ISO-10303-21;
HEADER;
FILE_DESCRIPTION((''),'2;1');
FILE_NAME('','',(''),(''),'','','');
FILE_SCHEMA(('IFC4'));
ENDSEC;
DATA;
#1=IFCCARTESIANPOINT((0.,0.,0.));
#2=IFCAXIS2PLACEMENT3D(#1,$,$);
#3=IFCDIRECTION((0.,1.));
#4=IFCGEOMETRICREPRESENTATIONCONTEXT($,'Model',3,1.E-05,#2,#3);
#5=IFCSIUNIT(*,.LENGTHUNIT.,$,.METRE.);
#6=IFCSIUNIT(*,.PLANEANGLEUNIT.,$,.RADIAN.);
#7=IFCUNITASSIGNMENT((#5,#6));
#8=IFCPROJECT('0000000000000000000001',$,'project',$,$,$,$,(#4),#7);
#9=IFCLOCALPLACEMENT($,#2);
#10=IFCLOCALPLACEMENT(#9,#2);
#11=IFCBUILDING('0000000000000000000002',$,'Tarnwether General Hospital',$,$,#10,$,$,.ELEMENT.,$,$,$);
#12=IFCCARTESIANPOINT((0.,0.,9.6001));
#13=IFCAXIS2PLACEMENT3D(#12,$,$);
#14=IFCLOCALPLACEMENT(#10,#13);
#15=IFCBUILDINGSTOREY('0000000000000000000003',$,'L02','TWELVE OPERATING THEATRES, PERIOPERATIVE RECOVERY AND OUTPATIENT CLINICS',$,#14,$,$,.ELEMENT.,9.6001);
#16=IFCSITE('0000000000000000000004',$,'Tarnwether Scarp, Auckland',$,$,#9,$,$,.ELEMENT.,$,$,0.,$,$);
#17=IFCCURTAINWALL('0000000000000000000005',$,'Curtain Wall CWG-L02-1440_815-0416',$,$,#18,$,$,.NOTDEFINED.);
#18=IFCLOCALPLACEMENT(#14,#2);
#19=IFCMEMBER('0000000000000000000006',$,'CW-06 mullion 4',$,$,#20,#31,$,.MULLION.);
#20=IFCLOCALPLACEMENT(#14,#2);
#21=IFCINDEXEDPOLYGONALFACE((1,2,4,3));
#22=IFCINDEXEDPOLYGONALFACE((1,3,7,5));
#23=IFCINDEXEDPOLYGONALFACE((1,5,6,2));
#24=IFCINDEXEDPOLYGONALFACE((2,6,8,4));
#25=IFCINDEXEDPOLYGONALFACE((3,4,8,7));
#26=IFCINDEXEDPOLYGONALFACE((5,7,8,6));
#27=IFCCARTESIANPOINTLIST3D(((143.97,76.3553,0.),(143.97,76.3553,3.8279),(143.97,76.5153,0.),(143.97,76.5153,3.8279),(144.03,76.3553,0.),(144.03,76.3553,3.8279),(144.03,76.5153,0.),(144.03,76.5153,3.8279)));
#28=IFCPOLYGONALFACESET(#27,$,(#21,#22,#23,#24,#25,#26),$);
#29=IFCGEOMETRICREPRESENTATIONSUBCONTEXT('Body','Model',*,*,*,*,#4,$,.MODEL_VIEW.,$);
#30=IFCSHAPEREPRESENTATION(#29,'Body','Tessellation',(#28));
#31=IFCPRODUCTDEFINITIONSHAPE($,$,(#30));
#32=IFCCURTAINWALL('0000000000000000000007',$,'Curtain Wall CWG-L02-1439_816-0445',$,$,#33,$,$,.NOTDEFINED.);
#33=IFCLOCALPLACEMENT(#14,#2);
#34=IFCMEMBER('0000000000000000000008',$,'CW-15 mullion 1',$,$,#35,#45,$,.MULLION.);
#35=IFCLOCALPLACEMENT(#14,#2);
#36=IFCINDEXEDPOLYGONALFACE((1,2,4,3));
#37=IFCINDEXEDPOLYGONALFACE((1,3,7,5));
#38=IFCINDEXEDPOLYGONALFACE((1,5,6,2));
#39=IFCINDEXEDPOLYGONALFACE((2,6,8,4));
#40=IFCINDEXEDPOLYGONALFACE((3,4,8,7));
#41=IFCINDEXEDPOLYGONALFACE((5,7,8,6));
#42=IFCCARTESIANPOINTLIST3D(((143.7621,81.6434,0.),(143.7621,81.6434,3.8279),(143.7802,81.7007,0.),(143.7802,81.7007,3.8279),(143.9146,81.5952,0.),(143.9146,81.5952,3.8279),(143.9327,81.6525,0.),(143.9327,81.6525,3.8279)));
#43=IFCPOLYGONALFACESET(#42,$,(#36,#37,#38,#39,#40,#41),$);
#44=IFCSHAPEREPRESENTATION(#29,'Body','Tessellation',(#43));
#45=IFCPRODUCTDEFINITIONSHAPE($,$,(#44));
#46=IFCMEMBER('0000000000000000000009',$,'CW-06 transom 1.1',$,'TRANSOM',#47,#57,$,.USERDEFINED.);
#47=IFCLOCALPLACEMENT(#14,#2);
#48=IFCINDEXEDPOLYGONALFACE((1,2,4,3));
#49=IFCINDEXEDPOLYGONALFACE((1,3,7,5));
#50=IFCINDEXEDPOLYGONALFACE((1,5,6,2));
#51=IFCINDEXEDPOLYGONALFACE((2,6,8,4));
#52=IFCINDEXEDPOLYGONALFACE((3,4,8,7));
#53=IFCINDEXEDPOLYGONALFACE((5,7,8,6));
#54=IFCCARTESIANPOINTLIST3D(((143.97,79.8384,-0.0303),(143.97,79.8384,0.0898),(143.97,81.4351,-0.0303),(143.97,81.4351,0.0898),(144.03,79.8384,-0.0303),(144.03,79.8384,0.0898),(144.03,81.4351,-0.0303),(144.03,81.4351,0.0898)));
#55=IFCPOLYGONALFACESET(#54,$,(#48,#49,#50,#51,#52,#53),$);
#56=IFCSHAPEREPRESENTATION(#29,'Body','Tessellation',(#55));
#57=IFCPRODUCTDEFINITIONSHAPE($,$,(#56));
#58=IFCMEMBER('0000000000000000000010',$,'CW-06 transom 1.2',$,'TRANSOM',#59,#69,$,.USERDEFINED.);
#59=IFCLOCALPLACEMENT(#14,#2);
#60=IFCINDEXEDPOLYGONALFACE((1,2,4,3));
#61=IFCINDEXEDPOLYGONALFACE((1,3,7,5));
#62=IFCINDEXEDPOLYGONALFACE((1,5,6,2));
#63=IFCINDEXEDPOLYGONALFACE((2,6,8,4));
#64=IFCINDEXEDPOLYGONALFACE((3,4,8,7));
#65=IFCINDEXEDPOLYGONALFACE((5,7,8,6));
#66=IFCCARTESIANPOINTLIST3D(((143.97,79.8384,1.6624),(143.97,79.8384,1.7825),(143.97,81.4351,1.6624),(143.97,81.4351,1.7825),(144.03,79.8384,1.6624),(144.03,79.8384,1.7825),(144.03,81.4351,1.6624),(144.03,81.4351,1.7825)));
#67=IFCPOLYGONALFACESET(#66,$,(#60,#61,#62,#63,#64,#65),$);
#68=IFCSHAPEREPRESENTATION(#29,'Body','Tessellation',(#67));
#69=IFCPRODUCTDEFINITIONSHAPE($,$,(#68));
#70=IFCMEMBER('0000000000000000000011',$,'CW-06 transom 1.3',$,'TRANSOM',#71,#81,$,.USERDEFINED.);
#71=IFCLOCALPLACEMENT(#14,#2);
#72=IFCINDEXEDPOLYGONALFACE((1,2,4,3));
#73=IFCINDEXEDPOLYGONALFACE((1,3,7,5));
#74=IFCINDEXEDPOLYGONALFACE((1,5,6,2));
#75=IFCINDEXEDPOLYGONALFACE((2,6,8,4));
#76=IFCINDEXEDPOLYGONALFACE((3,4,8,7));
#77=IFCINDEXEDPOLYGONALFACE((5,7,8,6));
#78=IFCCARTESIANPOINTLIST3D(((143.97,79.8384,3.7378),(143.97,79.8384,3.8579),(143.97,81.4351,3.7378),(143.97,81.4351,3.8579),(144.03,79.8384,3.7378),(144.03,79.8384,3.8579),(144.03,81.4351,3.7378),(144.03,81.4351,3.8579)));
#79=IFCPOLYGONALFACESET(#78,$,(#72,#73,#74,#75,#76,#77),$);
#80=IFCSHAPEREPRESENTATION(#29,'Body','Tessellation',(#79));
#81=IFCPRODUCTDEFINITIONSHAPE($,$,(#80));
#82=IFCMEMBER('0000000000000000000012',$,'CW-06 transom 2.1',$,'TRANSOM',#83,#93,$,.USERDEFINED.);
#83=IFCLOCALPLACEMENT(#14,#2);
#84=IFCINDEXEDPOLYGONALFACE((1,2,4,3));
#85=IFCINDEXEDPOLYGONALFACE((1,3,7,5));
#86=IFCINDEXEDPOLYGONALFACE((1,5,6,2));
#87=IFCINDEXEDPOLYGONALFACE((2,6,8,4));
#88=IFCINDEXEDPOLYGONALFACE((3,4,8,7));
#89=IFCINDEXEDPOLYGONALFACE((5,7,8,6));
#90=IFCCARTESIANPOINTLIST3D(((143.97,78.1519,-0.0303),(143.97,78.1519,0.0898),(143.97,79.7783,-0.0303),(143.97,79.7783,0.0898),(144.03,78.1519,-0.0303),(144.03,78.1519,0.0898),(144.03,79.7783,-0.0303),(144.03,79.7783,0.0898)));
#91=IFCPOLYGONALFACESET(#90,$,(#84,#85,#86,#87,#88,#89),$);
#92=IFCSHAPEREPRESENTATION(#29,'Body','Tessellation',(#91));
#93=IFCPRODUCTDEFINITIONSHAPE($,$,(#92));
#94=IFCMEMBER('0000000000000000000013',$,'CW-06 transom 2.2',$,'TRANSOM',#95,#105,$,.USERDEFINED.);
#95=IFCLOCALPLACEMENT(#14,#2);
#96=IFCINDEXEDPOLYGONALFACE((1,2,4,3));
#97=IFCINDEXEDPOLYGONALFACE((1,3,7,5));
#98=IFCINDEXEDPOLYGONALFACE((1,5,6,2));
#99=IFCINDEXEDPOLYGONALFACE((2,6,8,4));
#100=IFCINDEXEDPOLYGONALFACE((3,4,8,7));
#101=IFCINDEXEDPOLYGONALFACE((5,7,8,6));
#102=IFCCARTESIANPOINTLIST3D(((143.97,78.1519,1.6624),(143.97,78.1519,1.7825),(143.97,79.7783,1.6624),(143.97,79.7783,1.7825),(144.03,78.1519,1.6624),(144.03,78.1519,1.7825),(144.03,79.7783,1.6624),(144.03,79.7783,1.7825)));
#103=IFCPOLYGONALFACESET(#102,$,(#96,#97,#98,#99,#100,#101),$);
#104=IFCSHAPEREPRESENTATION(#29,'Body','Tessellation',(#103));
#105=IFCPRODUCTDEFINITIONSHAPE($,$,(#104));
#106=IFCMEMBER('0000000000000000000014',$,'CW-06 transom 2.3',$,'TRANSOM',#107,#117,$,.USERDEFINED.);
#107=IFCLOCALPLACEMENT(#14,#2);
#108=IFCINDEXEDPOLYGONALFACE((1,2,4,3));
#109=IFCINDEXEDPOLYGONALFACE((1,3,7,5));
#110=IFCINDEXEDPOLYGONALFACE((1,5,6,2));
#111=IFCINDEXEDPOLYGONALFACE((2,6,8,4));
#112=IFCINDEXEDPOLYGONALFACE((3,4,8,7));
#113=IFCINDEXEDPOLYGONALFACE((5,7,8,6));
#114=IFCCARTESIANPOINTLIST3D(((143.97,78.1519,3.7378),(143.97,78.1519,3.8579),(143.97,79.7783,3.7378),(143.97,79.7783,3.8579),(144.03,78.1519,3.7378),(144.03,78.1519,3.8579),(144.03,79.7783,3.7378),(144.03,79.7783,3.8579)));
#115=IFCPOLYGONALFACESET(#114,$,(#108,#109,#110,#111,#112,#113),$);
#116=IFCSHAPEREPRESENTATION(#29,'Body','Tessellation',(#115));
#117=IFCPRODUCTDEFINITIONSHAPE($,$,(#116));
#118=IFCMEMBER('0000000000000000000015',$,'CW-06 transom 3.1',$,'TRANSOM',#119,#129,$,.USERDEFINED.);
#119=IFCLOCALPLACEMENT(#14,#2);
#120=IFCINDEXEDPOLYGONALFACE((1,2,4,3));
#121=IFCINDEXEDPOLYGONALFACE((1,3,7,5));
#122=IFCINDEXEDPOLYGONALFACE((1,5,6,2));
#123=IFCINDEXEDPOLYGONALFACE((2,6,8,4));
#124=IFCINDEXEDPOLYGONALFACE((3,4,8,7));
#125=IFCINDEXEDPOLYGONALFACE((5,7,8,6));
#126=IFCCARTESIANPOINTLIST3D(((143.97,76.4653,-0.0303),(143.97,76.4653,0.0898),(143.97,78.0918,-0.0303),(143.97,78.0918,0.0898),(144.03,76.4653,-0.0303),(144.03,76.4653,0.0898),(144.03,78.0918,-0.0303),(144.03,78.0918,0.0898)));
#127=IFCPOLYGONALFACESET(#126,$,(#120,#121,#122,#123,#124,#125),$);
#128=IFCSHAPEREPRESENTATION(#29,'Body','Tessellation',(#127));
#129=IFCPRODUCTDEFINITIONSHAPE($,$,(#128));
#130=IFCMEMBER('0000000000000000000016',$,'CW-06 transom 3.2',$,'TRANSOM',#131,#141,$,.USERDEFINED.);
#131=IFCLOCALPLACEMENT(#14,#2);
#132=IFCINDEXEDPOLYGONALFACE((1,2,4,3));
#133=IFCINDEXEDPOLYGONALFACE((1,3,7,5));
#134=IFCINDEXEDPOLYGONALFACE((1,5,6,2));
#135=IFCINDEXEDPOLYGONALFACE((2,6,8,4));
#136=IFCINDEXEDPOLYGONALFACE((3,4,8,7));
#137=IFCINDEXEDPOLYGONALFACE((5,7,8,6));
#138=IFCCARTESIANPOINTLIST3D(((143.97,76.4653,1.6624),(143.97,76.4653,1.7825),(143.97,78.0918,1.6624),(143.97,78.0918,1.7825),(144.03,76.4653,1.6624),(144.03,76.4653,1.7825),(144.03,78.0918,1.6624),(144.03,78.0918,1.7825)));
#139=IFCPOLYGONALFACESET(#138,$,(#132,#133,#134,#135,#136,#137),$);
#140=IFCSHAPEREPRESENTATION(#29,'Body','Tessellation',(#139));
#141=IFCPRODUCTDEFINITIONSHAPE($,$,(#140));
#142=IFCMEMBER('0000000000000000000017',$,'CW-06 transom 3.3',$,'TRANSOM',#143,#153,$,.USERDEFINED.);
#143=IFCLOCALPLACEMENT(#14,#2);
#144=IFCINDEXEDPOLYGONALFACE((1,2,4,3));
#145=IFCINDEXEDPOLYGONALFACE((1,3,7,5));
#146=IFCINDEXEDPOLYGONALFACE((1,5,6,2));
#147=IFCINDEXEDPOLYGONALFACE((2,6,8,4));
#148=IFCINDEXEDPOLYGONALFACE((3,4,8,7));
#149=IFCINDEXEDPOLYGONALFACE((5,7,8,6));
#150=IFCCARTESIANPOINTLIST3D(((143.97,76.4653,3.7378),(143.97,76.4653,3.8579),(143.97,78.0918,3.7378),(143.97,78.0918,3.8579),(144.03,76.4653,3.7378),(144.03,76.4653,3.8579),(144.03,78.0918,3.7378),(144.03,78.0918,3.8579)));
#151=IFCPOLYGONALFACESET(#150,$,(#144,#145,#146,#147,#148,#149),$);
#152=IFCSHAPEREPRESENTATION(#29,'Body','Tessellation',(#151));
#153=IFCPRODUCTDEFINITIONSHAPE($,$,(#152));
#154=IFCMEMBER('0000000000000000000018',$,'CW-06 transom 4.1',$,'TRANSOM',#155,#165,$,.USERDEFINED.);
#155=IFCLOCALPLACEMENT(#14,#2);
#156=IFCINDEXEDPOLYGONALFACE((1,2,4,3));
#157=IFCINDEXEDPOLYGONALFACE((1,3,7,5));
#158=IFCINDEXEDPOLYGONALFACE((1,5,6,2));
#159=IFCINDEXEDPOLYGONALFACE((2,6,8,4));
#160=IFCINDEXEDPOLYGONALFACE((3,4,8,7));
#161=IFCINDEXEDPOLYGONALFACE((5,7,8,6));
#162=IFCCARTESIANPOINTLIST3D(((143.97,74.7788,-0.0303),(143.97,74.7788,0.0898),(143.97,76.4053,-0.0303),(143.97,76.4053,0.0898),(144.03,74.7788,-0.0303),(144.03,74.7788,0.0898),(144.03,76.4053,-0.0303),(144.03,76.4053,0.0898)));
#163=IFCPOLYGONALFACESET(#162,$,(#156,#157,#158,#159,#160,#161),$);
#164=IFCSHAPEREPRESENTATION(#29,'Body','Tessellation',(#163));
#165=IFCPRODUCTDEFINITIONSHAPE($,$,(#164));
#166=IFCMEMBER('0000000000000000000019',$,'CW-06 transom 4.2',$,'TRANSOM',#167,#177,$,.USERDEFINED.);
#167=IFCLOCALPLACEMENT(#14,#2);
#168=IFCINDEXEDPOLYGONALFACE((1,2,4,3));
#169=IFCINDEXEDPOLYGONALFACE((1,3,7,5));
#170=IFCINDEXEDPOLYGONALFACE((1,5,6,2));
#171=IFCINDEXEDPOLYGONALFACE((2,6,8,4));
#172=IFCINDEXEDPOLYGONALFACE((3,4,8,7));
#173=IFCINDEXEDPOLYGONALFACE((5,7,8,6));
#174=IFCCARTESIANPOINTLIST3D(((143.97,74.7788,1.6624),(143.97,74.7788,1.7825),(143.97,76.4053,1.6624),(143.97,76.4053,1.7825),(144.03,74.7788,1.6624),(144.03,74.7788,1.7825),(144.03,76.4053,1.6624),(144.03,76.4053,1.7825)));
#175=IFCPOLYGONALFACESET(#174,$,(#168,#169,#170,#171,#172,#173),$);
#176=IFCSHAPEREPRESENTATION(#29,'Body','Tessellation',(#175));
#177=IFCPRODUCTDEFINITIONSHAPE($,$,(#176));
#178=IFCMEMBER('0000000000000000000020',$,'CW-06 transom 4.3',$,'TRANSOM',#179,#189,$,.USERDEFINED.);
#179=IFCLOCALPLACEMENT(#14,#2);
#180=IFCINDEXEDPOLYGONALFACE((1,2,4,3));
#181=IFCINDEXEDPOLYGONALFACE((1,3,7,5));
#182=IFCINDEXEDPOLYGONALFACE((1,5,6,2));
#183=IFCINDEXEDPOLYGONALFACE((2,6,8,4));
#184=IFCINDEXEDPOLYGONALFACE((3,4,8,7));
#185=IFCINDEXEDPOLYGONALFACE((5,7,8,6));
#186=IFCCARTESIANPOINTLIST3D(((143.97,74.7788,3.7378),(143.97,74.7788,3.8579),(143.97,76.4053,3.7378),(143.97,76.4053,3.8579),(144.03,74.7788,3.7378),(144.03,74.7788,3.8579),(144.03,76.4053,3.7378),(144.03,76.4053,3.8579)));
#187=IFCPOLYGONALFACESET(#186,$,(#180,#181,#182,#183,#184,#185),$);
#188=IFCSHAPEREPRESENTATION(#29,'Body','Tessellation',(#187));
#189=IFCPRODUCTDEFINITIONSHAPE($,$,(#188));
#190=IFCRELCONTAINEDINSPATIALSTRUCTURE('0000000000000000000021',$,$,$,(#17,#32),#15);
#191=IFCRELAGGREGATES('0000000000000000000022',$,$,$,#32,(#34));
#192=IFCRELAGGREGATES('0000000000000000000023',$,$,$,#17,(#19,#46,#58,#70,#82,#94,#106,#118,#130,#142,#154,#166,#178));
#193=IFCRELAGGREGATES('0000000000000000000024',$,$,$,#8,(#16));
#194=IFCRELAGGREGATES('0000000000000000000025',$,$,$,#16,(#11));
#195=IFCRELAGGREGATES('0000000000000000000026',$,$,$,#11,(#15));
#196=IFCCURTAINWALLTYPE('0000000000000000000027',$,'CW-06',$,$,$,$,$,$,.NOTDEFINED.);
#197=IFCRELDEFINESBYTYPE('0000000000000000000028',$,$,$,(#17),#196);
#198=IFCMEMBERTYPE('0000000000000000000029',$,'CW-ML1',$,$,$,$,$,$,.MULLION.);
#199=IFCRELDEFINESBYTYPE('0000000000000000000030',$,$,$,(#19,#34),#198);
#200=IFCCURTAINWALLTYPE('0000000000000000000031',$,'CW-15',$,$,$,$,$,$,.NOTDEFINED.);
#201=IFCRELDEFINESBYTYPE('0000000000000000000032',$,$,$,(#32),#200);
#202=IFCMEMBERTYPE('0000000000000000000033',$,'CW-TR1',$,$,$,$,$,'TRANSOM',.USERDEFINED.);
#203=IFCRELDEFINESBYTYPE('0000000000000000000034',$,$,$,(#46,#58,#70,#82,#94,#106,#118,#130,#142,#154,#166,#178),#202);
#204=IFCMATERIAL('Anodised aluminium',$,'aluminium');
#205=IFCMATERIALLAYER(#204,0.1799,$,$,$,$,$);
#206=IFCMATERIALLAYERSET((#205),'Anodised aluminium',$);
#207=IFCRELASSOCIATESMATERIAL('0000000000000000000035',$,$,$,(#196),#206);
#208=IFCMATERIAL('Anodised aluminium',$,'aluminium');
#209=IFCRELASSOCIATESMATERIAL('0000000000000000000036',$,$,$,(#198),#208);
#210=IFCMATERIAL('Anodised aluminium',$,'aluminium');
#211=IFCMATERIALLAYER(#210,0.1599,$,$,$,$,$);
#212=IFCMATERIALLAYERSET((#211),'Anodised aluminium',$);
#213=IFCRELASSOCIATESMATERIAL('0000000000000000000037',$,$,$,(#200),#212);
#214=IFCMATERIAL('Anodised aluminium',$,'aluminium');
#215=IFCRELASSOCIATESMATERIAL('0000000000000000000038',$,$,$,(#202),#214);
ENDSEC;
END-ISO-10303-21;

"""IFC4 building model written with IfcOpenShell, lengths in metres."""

from ifc_helpers import new_model, si_unit, direction, frame, origin, origin_2d, place, context, subcontext, project, spatial, rectangle, extrude, material, layer, layer_set, material_profile, profile_set, type_object, element, aggregate, save


model = new_model("IFC4")

# Units and contexts
model_context = context("Model", 3, precision=1e-05, world=origin(), true_north=direction((0.0, 1.0)))
body_context = subcontext(model_context, "Body", "Model", "MODEL_VIEW")
ifc_project = project(units=[si_unit("LENGTHUNIT", "METRE"), si_unit("PLANEANGLEUNIT", "RADIAN")], contexts=[model_context])

# Site, building, storey
site_placement = place(None, origin())
site = spatial("IfcSite", under=ifc_project, at=site_placement, Name="Tarnwether Scarp, Auckland", CompositionType="ELEMENT", RefElevation=0.0)
building_placement = place(site_placement, origin())
building = spatial("IfcBuilding", under=site, at=building_placement, Name="Tarnwether General Hospital", CompositionType="ELEMENT")
storey_placement = place(building_placement, frame((0.0, 0.0, 9.6001)))
storey = spatial("IfcBuildingStorey", under=building, at=storey_placement, Name="L02", Description="TWELVE OPERATING THEATRES, PERIOPERATIVE RECOVERY AND OUTPATIENT CLINICS", CompositionType="ELEMENT", Elevation=9.6001)

# Curtain wall, member
ifc_material_1 = material(Name="Anodised aluminium", Category="aluminium")
ifc_layer_1 = layer(ifc_material_1, 0.1799)
ifc_layer_set_1 = layer_set([ifc_layer_1], Name="Anodised aluminium")
curtain_wall_type_1 = type_object("IfcCurtainWallType", Name="CW-06", PredefinedType="NOTDEFINED", material=ifc_layer_set_1)
curtain_wall_1_placement = place(storey_placement, origin())
curtain_wall_1 = element("IfcCurtainWall", 1, at=curtain_wall_1_placement, inside=storey, type_object=curtain_wall_type_1, Name="Curtain Wall CWG-L02-1440_815-0416", PredefinedType="NOTDEFINED")
ifc_material_2 = material(Name="Anodised aluminium", Category="aluminium")
ifc_material_profile_1 = material_profile(ifc_material_2, rectangle(XDim=0.0601, YDim=0.1599, at=origin_2d()), Name="ALU-MUL-60x160")
ifc_profile_set_1 = profile_set([ifc_material_profile_1], Name="Anodised aluminium")
member_type_1 = type_object("IfcMemberType", Name="CW-ML1", PredefinedType="MULLION", material=ifc_profile_set_1)
member_1_placement = place(storey_placement, frame((144.0, 76.4353, 0.0), z_axis=(0.0, 0.0, 1.0), x_axis=(1.0, 0.0, 0.0)))
member_1 = element("IfcMember", 2, at=member_1_placement, type_object=member_type_1, Name="CW-06 mullion 4", PredefinedType="MULLION", context=body_context, shape_type="SweptSolid", body=[
    extrude(rectangle(XDim=0.0601, YDim=0.1599, at=origin_2d()), origin(), (0.0, 0.0, 1.0), 3.8279),
])

# Curtain wall, member
ifc_material_3 = material(Name="Anodised aluminium", Category="aluminium")
ifc_layer_2 = layer(ifc_material_3, 0.1599)
ifc_layer_set_2 = layer_set([ifc_layer_2], Name="Anodised aluminium")
curtain_wall_type_2 = type_object("IfcCurtainWallType", Name="CW-15", PredefinedType="NOTDEFINED", material=ifc_layer_set_2)
curtain_wall_2_placement = place(storey_placement, origin())
curtain_wall_2 = element("IfcCurtainWall", 3, at=curtain_wall_2_placement, inside=storey, type_object=curtain_wall_type_2, Name="Curtain Wall CWG-L02-1439_816-0445", PredefinedType="NOTDEFINED")
member_2_placement = place(storey_placement, frame((143.8474, 81.6479, 0.0), z_axis=(0.0, 0.0, 1.0), x_axis=(-0.301185, -0.953566, 0.0)))
member_2 = element("IfcMember", 4, at=member_2_placement, type_object=member_type_1, Name="CW-15 mullion 1", PredefinedType="MULLION", context=body_context, shape_type="SweptSolid", body=[
    extrude(rectangle(XDim=0.0601, YDim=0.1599, at=origin_2d()), origin(), (0.0, 0.0, 1.0), 3.8279),
])

# Members
ifc_material_4 = material(Name="Anodised aluminium", Category="aluminium")
ifc_material_profile_2 = material_profile(ifc_material_4, rectangle(XDim=0.0601, YDim=0.1201, at=origin_2d()), Name="ALU-TRN-60x120")
ifc_profile_set_2 = profile_set([ifc_material_profile_2], Name="Anodised aluminium")
member_type_2 = type_object("IfcMemberType", Name="CW-TR1", ElementType="TRANSOM", PredefinedType="USERDEFINED", material=ifc_profile_set_2)
member_3_placement = place(storey_placement, frame((144.0, 81.4351, 0.0298), z_axis=(0.0, -1.0, 0.0), x_axis=(1.0, 0.0, 0.0)))
member_3 = element("IfcMember", 5, at=member_3_placement, type_object=member_type_2, Name="CW-06 transom 1.1", ObjectType="TRANSOM", PredefinedType="USERDEFINED", context=body_context, shape_type="SweptSolid", body=[
    extrude(rectangle(XDim=0.0601, YDim=0.1201, at=origin_2d()), origin(), (0.0, 0.0, 1.0), 1.5967),
])
member_4_placement = place(storey_placement, frame((144.0, 81.4351, 1.7224), z_axis=(0.0, -1.0, 0.0), x_axis=(1.0, 0.0, 0.0)))
member_4 = element("IfcMember", 6, at=member_4_placement, type_object=member_type_2, Name="CW-06 transom 1.2", ObjectType="TRANSOM", PredefinedType="USERDEFINED", context=body_context, shape_type="SweptSolid", body=[
    extrude(rectangle(XDim=0.0601, YDim=0.1201, at=origin_2d()), origin(), (0.0, 0.0, 1.0), 1.5967),
])
member_5_placement = place(storey_placement, frame((144.0, 81.4351, 3.7979), z_axis=(0.0, -1.0, 0.0), x_axis=(1.0, 0.0, 0.0)))
member_5 = element("IfcMember", 7, at=member_5_placement, type_object=member_type_2, Name="CW-06 transom 1.3", ObjectType="TRANSOM", PredefinedType="USERDEFINED", context=body_context, shape_type="SweptSolid", body=[
    extrude(rectangle(XDim=0.0601, YDim=0.1201, at=origin_2d()), origin(), (0.0, 0.0, 1.0), 1.5967),
])
member_6_placement = place(storey_placement, frame((144.0, 79.7783, 0.0298), z_axis=(0.0, -1.0, 0.0), x_axis=(1.0, 0.0, 0.0)))
member_6 = element("IfcMember", 8, at=member_6_placement, type_object=member_type_2, Name="CW-06 transom 2.1", ObjectType="TRANSOM", PredefinedType="USERDEFINED", context=body_context, shape_type="SweptSolid", body=[
    extrude(rectangle(XDim=0.0601, YDim=0.1201, at=origin_2d()), origin(), (0.0, 0.0, 1.0), 1.6265),
])
member_7_placement = place(storey_placement, frame((144.0, 79.7783, 1.7224), z_axis=(0.0, -1.0, 0.0), x_axis=(1.0, 0.0, 0.0)))
member_7 = element("IfcMember", 9, at=member_7_placement, type_object=member_type_2, Name="CW-06 transom 2.2", ObjectType="TRANSOM", PredefinedType="USERDEFINED", context=body_context, shape_type="SweptSolid", body=[
    extrude(rectangle(XDim=0.0601, YDim=0.1201, at=origin_2d()), origin(), (0.0, 0.0, 1.0), 1.6265),
])
member_8_placement = place(storey_placement, frame((144.0, 79.7783, 3.7979), z_axis=(0.0, -1.0, 0.0), x_axis=(1.0, 0.0, 0.0)))
member_8 = element("IfcMember", 10, at=member_8_placement, type_object=member_type_2, Name="CW-06 transom 2.3", ObjectType="TRANSOM", PredefinedType="USERDEFINED", context=body_context, shape_type="SweptSolid", body=[
    extrude(rectangle(XDim=0.0601, YDim=0.1201, at=origin_2d()), origin(), (0.0, 0.0, 1.0), 1.6265),
])
member_9_placement = place(storey_placement, frame((144.0, 78.0918, 0.0298), z_axis=(0.0, -1.0, 0.0), x_axis=(1.0, 0.0, 0.0)))
member_9 = element("IfcMember", 11, at=member_9_placement, type_object=member_type_2, Name="CW-06 transom 3.1", ObjectType="TRANSOM", PredefinedType="USERDEFINED", context=body_context, shape_type="SweptSolid", body=[
    extrude(rectangle(XDim=0.0601, YDim=0.1201, at=origin_2d()), origin(), (0.0, 0.0, 1.0), 1.6265),
])
member_10_placement = place(storey_placement, frame((144.0, 78.0918, 1.7224), z_axis=(0.0, -1.0, 0.0), x_axis=(1.0, 0.0, 0.0)))
member_10 = element("IfcMember", 12, at=member_10_placement, type_object=member_type_2, Name="CW-06 transom 3.2", ObjectType="TRANSOM", PredefinedType="USERDEFINED", context=body_context, shape_type="SweptSolid", body=[
    extrude(rectangle(XDim=0.0601, YDim=0.1201, at=origin_2d()), origin(), (0.0, 0.0, 1.0), 1.6265),
])
member_11_placement = place(storey_placement, frame((144.0, 78.0918, 3.7979), z_axis=(0.0, -1.0, 0.0), x_axis=(1.0, 0.0, 0.0)))
member_11 = element("IfcMember", 13, at=member_11_placement, type_object=member_type_2, Name="CW-06 transom 3.3", ObjectType="TRANSOM", PredefinedType="USERDEFINED", context=body_context, shape_type="SweptSolid", body=[
    extrude(rectangle(XDim=0.0601, YDim=0.1201, at=origin_2d()), origin(), (0.0, 0.0, 1.0), 1.6265),
])
member_12_placement = place(storey_placement, frame((144.0, 76.4053, 0.0298), z_axis=(0.0, -1.0, 0.0), x_axis=(1.0, 0.0, 0.0)))
member_12 = element("IfcMember", 14, at=member_12_placement, type_object=member_type_2, Name="CW-06 transom 4.1", ObjectType="TRANSOM", PredefinedType="USERDEFINED", context=body_context, shape_type="SweptSolid", body=[
    extrude(rectangle(XDim=0.0601, YDim=0.1201, at=origin_2d()), origin(), (0.0, 0.0, 1.0), 1.6265),
])
member_13_placement = place(storey_placement, frame((144.0, 76.4053, 1.7224), z_axis=(0.0, -1.0, 0.0), x_axis=(1.0, 0.0, 0.0)))
member_13 = element("IfcMember", 15, at=member_13_placement, type_object=member_type_2, Name="CW-06 transom 4.2", ObjectType="TRANSOM", PredefinedType="USERDEFINED", context=body_context, shape_type="SweptSolid", body=[
    extrude(rectangle(XDim=0.0601, YDim=0.1201, at=origin_2d()), origin(), (0.0, 0.0, 1.0), 1.6265),
])
member_14_placement = place(storey_placement, frame((144.0, 76.4053, 3.7979), z_axis=(0.0, -1.0, 0.0), x_axis=(1.0, 0.0, 0.0)))
member_14 = element("IfcMember", 16, at=member_14_placement, type_object=member_type_2, Name="CW-06 transom 4.3", ObjectType="TRANSOM", PredefinedType="USERDEFINED", context=body_context, shape_type="SweptSolid", body=[
    extrude(rectangle(XDim=0.0601, YDim=0.1201, at=origin_2d()), origin(), (0.0, 0.0, 1.0), 1.6265),
])
aggregate(curtain_wall_2, [member_2])

aggregate(curtain_wall_1, [member_1, member_3, member_4, member_5, member_6, member_7, member_8, member_9, member_10, member_11, member_12, member_13, member_14])

save(model, "model.ifc")
